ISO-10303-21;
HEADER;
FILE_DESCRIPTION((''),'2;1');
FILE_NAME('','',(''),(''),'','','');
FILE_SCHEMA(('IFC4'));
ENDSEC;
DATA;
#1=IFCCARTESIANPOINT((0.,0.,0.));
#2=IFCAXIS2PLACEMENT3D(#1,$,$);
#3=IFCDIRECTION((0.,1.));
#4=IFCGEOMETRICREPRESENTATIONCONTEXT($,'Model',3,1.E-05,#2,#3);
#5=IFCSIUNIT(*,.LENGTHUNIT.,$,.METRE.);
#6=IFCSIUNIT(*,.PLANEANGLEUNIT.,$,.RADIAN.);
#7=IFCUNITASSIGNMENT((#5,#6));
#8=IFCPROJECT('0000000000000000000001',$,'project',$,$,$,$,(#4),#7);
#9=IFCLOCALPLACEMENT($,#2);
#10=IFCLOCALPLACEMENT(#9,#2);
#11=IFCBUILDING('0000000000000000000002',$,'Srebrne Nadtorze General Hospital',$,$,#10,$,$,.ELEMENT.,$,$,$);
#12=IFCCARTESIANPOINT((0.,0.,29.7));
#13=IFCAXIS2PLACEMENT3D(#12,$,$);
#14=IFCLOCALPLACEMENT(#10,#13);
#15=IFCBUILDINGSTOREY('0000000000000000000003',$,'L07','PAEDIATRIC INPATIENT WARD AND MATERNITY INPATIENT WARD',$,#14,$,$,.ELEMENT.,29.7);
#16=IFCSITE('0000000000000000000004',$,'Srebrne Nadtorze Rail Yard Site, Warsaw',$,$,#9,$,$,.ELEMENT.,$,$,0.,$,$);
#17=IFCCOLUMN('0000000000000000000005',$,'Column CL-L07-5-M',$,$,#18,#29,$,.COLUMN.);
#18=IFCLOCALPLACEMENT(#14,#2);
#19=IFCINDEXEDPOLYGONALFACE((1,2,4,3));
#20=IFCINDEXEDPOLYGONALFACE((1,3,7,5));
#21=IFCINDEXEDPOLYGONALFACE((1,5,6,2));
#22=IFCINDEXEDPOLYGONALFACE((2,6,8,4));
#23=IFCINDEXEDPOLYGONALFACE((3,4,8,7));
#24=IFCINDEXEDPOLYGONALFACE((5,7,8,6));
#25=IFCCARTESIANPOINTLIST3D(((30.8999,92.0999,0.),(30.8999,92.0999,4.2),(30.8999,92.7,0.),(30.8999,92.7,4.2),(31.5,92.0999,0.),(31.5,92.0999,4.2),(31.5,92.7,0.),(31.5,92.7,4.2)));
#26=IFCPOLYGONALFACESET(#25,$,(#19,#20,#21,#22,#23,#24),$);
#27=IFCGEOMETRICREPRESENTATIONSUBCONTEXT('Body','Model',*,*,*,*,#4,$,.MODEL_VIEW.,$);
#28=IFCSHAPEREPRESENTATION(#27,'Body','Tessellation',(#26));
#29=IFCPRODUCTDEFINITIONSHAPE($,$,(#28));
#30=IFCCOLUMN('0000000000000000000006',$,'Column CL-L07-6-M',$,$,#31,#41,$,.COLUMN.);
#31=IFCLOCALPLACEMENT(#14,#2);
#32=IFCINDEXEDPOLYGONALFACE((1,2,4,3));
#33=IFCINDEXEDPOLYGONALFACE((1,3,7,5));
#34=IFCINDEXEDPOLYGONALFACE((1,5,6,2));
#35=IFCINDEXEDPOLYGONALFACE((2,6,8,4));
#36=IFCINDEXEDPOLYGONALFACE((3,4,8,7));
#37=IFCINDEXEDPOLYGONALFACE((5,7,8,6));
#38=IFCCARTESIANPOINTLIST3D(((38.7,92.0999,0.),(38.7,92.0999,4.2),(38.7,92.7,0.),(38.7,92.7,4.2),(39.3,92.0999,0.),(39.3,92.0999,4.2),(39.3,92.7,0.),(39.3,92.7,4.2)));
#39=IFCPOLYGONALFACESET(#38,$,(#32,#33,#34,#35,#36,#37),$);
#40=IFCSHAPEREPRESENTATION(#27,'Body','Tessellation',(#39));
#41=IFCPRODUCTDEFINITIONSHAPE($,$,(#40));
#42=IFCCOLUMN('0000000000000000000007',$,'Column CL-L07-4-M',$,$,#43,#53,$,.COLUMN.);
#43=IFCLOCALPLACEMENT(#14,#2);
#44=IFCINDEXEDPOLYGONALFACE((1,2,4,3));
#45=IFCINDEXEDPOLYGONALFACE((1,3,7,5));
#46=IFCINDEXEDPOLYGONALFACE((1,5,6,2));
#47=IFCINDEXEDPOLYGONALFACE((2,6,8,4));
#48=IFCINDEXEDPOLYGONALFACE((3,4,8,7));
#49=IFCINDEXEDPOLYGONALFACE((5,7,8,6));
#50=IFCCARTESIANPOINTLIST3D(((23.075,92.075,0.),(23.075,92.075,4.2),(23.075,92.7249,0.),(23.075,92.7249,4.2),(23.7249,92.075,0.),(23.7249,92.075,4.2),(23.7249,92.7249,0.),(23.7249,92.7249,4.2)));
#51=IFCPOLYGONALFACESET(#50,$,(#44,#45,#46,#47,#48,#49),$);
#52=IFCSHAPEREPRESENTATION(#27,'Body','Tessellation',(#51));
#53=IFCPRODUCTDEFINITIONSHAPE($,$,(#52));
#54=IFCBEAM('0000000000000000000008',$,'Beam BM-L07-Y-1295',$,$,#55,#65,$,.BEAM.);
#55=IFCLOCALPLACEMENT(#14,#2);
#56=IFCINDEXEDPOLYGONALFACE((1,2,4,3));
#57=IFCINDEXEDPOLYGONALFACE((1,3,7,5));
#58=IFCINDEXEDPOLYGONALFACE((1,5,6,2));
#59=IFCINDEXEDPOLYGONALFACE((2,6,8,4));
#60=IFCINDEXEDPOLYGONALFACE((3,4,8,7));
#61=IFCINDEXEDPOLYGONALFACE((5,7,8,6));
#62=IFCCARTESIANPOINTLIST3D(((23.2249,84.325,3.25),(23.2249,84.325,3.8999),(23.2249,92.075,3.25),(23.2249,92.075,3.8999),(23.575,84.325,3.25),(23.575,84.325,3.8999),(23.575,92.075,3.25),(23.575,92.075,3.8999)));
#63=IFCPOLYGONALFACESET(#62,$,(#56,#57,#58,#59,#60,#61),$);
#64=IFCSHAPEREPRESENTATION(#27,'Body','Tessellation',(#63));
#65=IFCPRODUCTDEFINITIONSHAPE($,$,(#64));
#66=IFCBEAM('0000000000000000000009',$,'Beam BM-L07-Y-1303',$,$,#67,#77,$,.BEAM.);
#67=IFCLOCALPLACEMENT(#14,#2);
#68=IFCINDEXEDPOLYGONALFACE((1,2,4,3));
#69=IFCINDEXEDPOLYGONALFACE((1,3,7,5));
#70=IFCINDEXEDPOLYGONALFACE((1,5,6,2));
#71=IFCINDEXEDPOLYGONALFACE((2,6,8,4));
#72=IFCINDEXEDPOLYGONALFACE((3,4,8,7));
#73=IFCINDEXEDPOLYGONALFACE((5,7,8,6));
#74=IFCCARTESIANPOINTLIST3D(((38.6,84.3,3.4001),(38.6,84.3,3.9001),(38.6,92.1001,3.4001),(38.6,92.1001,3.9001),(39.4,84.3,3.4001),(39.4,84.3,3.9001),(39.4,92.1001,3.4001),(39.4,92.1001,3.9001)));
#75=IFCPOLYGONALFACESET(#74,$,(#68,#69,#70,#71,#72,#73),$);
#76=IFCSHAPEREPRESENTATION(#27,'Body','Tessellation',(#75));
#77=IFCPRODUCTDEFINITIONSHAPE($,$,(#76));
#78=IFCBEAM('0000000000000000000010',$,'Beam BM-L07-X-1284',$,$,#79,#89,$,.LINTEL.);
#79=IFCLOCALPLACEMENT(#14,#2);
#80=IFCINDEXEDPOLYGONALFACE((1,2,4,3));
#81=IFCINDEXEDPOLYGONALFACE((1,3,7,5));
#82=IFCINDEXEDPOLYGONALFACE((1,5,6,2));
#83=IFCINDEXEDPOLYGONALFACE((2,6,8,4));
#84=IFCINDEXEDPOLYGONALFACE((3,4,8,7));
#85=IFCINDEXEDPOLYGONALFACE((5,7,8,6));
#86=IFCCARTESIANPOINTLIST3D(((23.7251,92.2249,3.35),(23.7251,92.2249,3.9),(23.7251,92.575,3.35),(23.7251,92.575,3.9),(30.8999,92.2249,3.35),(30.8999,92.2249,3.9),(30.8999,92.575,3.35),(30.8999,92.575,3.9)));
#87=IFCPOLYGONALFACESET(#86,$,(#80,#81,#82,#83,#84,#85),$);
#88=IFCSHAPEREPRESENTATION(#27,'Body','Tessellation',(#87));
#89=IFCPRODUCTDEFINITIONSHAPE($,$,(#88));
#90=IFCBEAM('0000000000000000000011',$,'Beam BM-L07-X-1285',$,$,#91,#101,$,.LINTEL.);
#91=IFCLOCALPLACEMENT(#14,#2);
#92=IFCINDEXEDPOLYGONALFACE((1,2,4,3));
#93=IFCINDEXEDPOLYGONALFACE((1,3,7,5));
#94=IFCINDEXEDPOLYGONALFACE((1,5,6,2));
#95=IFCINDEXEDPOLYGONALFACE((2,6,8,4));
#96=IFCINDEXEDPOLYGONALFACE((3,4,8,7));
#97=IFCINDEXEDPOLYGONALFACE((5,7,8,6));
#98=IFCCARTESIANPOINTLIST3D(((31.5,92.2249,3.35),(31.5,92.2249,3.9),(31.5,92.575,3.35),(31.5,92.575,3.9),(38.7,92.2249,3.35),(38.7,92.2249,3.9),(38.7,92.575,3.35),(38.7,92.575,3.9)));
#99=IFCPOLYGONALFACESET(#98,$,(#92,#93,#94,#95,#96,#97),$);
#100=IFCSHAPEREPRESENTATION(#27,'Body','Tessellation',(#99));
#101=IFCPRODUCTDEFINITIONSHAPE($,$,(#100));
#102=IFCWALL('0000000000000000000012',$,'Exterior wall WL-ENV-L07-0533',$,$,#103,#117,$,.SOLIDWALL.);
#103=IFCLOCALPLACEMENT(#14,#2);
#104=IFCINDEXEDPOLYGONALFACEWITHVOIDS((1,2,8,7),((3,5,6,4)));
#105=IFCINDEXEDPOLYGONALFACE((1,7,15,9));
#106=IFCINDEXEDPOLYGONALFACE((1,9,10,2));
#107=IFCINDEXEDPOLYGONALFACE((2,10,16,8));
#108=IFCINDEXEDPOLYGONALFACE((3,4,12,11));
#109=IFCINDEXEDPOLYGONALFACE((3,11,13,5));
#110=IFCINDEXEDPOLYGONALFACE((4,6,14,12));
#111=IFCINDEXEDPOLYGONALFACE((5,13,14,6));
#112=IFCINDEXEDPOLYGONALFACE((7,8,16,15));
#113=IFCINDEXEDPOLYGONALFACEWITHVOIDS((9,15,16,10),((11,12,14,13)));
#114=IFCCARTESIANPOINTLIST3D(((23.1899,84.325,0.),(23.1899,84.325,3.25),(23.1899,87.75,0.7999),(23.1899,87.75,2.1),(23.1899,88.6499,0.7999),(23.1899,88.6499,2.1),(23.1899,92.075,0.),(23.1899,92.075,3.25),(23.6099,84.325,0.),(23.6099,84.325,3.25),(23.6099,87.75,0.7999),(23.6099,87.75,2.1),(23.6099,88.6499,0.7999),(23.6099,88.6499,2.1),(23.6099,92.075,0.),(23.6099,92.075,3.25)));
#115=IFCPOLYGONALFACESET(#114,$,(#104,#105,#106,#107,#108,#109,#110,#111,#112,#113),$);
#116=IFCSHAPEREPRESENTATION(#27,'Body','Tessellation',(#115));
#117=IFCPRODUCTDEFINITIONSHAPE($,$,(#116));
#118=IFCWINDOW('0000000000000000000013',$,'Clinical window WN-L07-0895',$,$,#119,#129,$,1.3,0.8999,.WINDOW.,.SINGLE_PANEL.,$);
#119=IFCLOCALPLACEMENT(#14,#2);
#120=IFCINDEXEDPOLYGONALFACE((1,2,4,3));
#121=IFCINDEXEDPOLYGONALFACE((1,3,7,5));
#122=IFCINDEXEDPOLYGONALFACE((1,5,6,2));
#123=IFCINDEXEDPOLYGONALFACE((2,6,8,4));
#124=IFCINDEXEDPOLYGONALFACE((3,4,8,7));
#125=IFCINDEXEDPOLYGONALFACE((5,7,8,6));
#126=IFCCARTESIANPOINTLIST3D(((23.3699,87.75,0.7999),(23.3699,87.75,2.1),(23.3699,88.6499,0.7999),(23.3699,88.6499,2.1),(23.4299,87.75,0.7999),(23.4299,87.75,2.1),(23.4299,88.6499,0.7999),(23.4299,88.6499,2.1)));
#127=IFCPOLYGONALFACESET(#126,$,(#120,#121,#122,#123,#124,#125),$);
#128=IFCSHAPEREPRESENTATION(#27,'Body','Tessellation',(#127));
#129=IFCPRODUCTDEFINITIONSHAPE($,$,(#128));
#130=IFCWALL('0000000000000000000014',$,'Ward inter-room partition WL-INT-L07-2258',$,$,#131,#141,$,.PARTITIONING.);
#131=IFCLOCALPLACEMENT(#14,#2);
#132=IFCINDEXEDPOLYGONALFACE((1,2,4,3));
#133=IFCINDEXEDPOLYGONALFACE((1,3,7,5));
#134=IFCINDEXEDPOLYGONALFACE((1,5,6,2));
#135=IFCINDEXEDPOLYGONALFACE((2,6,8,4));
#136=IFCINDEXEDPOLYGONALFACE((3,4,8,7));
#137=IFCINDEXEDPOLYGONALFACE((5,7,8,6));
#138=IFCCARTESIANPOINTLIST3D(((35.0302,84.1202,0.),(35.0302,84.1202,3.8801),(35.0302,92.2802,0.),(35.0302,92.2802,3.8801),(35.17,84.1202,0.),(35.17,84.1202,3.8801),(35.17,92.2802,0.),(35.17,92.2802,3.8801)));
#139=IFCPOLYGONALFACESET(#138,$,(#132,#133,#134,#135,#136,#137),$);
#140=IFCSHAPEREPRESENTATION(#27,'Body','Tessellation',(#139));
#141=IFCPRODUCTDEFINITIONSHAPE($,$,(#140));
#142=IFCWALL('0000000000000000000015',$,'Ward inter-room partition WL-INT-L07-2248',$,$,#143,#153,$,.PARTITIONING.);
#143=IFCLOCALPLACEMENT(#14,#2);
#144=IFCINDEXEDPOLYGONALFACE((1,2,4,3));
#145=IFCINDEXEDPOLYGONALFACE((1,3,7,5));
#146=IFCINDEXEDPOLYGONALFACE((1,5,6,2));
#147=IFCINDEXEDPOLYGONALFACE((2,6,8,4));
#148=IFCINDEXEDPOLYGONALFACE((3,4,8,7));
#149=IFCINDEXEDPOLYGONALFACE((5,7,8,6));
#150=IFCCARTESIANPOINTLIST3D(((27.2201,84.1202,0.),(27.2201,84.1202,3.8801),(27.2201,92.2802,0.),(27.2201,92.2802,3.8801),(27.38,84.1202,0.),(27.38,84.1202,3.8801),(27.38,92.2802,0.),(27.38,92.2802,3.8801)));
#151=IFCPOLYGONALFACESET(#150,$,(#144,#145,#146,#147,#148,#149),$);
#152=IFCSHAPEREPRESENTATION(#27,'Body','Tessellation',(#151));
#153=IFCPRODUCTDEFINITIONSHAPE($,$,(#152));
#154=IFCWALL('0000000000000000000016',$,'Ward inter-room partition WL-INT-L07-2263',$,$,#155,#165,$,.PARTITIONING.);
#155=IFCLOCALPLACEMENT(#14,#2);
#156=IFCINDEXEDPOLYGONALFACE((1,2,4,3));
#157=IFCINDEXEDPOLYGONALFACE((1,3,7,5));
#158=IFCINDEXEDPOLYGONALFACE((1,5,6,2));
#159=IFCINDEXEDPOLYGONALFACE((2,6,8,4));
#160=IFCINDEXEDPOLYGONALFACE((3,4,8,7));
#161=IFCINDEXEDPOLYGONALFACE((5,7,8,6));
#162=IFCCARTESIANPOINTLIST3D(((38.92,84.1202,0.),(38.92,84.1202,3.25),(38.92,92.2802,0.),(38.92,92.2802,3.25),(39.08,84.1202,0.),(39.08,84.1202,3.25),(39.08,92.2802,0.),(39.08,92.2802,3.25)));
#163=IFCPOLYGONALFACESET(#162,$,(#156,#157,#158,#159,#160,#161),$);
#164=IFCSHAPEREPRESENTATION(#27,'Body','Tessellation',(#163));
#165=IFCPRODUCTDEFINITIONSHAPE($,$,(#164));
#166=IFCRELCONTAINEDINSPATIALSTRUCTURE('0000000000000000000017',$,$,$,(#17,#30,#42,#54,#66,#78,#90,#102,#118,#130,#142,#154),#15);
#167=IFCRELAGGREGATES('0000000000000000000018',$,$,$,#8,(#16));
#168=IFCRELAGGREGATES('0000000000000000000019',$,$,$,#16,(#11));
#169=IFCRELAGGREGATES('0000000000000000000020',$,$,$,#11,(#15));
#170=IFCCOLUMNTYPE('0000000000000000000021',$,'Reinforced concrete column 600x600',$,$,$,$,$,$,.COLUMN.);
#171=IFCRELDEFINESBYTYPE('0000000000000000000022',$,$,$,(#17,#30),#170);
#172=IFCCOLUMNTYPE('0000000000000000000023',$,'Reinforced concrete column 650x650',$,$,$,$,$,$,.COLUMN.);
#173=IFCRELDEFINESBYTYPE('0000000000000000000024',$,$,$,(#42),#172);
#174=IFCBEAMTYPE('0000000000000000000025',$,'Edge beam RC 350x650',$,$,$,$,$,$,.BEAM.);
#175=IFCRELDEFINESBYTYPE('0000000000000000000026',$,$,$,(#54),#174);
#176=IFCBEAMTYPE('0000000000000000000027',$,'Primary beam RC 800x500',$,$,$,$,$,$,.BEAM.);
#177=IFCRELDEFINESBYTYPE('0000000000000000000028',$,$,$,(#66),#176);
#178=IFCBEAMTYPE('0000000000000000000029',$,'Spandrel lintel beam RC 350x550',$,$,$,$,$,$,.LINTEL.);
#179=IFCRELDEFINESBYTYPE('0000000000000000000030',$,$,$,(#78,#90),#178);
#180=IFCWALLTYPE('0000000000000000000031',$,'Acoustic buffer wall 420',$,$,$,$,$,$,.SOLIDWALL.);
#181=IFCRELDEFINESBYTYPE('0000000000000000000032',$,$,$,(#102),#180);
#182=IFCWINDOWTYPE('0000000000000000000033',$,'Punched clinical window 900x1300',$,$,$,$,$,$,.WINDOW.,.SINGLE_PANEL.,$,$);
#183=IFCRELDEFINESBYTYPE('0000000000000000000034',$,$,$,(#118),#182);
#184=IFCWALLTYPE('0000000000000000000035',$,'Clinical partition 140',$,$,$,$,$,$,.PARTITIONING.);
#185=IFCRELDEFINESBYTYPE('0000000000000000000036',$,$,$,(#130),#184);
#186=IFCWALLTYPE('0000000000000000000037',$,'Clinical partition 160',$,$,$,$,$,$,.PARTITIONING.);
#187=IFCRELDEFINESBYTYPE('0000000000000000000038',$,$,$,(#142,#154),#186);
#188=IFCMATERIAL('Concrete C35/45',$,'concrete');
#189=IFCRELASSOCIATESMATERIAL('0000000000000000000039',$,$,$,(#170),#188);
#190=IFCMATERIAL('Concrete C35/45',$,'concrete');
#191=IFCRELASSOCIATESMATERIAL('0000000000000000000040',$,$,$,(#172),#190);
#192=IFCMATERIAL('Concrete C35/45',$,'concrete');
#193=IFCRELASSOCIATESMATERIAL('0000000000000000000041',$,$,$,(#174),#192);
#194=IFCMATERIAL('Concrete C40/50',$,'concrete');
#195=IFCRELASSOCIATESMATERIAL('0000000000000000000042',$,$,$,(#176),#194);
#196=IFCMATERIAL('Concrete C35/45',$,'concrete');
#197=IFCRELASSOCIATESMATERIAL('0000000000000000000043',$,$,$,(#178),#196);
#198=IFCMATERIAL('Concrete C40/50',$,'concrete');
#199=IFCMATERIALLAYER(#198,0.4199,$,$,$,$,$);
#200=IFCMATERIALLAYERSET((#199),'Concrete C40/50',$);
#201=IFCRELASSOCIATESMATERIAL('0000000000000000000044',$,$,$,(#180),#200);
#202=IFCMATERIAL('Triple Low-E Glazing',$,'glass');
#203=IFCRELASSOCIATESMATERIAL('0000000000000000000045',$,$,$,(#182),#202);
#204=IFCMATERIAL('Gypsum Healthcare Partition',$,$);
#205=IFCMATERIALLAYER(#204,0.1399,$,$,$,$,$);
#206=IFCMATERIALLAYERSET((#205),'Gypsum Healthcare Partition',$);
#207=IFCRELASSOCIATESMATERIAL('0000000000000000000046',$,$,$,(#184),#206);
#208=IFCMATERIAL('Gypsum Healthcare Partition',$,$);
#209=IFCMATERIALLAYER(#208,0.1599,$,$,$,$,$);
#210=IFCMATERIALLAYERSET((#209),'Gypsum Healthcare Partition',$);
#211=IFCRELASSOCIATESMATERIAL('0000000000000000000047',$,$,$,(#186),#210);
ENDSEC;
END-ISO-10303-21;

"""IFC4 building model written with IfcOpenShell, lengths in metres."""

from ifc_helpers import new_model, si_unit, direction, frame, frame_2d, origin, origin_2d, place, context, subcontext, project, spatial, rectangle, extrude, material, layer, layer_set, material_profile, profile_set, type_object, element, fill, save


model = new_model("IFC4")

# Units and contexts
model_context = context("Model", 3, precision=1e-05, world=origin(), true_north=direction((0.0, 1.0)))
body_context = subcontext(model_context, "Body", "Model", "MODEL_VIEW")
ifc_project = project(units=[si_unit("LENGTHUNIT", "METRE"), si_unit("PLANEANGLEUNIT", "RADIAN")], contexts=[model_context])

# Site, building, storey
site_placement = place(None, origin())
site = spatial("IfcSite", under=ifc_project, at=site_placement, Name="Srebrne Nadtorze Rail Yard Site, Warsaw", CompositionType="ELEMENT", RefElevation=0.0)
building_placement = place(site_placement, origin())
building = spatial("IfcBuilding", under=site, at=building_placement, Name="Srebrne Nadtorze General Hospital", CompositionType="ELEMENT")
storey_placement = place(building_placement, frame((0.0, 0.0, 29.7)))
storey = spatial("IfcBuildingStorey", under=building, at=storey_placement, Name="L07", Description="PAEDIATRIC INPATIENT WARD AND MATERNITY INPATIENT WARD", CompositionType="ELEMENT", Elevation=29.7)

# Columns
ifc_material_1 = material(Name="Concrete C35/45", Category="concrete")
ifc_material_profile_1 = material_profile(ifc_material_1, rectangle(XDim=0.6001, YDim=0.6001, at=origin_2d()), Name="RC-COL-600x600")
ifc_profile_set_1 = profile_set([ifc_material_profile_1], Name="Concrete C35/45")
column_type_1 = type_object("IfcColumnType", Name="Reinforced concrete column 600x600", PredefinedType="COLUMN", material=ifc_profile_set_1)
for number, where, z_axis, x_axis, name in (
    (1, (31.2, 92.3999, 0.0), (0.0, 0.0, 1.0), (1.0, 0.0, 0.0), "Column CL-L07-5-M"),
    (2, (39.0, 92.3999, 0.0), (0.0, 0.0, 1.0), (1.0, 0.0, 0.0), "Column CL-L07-6-M"),
):
    element("IfcColumn", number, at=place(storey_placement, frame(where, z_axis=z_axis, x_axis=x_axis)), inside=storey, type_object=column_type_1, Name=name, PredefinedType="COLUMN", context=body_context, shape_type="SweptSolid", body=[
        extrude(rectangle(XDim=0.6001, YDim=0.6001, at=origin_2d()), origin(), (0.0, 0.0, 1.0), 4.2),
    ])
ifc_material_2 = material(Name="Concrete C35/45", Category="concrete")
ifc_material_profile_2 = material_profile(ifc_material_2, rectangle(XDim=0.6499, YDim=0.6499, at=origin_2d()), Name="RC-COL-650x650")
ifc_profile_set_2 = profile_set([ifc_material_profile_2], Name="Concrete C35/45")
column_type_2 = type_object("IfcColumnType", Name="Reinforced concrete column 650x650", PredefinedType="COLUMN", material=ifc_profile_set_2)
column_placement = place(storey_placement, frame((23.3999, 92.3999, 0.0), z_axis=(0.0, 0.0, 1.0), x_axis=(1.0, 0.0, 0.0)))
element("IfcColumn", 3, at=column_placement, inside=storey, type_object=column_type_2, Name="Column CL-L07-4-M", PredefinedType="COLUMN", context=body_context, shape_type="SweptSolid", body=[
    extrude(rectangle(XDim=0.6499, YDim=0.6499, at=origin_2d()), origin(), (0.0, 0.0, 1.0), 4.2),
])

# Beams
ifc_material_3 = material(Name="Concrete C35/45", Category="concrete")
ifc_material_profile_3 = material_profile(ifc_material_3, rectangle(XDim=0.3501, YDim=0.6499, at=origin_2d()), Name="RC-BM-350x650")
ifc_profile_set_3 = profile_set([ifc_material_profile_3], Name="Concrete C35/45")
beam_type_1 = type_object("IfcBeamType", Name="Edge beam RC 350x650", PredefinedType="BEAM", material=ifc_profile_set_3)
beam_1_placement = place(storey_placement, frame((23.3999, 84.325, 3.575), z_axis=(0.0, 1.0, 0.0), x_axis=(-1.0, 0.0, 0.0)))
element("IfcBeam", 4, at=beam_1_placement, inside=storey, type_object=beam_type_1, Name="Beam BM-L07-Y-1295", PredefinedType="BEAM", context=body_context, shape_type="SweptSolid", body=[
    extrude(rectangle(XDim=0.3501, YDim=0.6499, at=origin_2d()), origin(), (0.0, 0.0, 1.0), 7.75),
])
ifc_material_4 = material(Name="Concrete C40/50", Category="concrete")
ifc_material_profile_4 = material_profile(ifc_material_4, rectangle(XDim=0.8, YDim=0.5, at=origin_2d()), Name="RC-BM-800x500")
ifc_profile_set_4 = profile_set([ifc_material_profile_4], Name="Concrete C40/50")
beam_type_2 = type_object("IfcBeamType", Name="Primary beam RC 800x500", PredefinedType="BEAM", material=ifc_profile_set_4)
beam_2_placement = place(storey_placement, frame((39.0, 84.3, 3.6501), z_axis=(0.0, 1.0, 0.0), x_axis=(-1.0, 0.0, 0.0)))
element("IfcBeam", 5, at=beam_2_placement, inside=storey, type_object=beam_type_2, Name="Beam BM-L07-Y-1303", PredefinedType="BEAM", context=body_context, shape_type="SweptSolid", body=[
    extrude(rectangle(XDim=0.8, YDim=0.5, at=origin_2d()), origin(), (0.0, 0.0, 1.0), 7.8),
])
ifc_material_5 = material(Name="Concrete C35/45", Category="concrete")
ifc_material_profile_5 = material_profile(ifc_material_5, rectangle(XDim=0.3501, YDim=0.55, at=origin_2d()), Name="RC-BM-350x550")
ifc_profile_set_5 = profile_set([ifc_material_profile_5], Name="Concrete C35/45")
beam_type_3 = type_object("IfcBeamType", Name="Spandrel lintel beam RC 350x550", PredefinedType="LINTEL", material=ifc_profile_set_5)
beam_3_placement = place(storey_placement, frame((23.7251, 92.3999, 3.625), z_axis=(1.0, 0.0, 0.0), x_axis=(0.0, 1.0, 0.0)))
element("IfcBeam", 6, at=beam_3_placement, inside=storey, type_object=beam_type_3, Name="Beam BM-L07-X-1284", PredefinedType="LINTEL", context=body_context, shape_type="SweptSolid", body=[
    extrude(rectangle(XDim=0.3501, YDim=0.55, at=origin_2d()), origin(), (0.0, 0.0, 1.0), 7.1748),
])
beam_4_placement = place(storey_placement, frame((31.5, 92.3999, 3.625), z_axis=(1.0, 0.0, 0.0), x_axis=(0.0, 1.0, 0.0)))
element("IfcBeam", 7, at=beam_4_placement, inside=storey, type_object=beam_type_3, Name="Beam BM-L07-X-1285", PredefinedType="LINTEL", context=body_context, shape_type="SweptSolid", body=[
    extrude(rectangle(XDim=0.3501, YDim=0.55, at=origin_2d()), origin(), (0.0, 0.0, 1.0), 7.2),
])

# Wall, opening, window
ifc_material_6 = material(Name="Concrete C40/50", Category="concrete")
ifc_layer_1 = layer(ifc_material_6, 0.4199)
ifc_layer_set_1 = layer_set([ifc_layer_1], Name="Concrete C40/50")
wall_type_1 = type_object("IfcWallType", Name="Acoustic buffer wall 420", PredefinedType="SOLIDWALL", material=ifc_layer_set_1)
wall_1_placement = place(storey_placement, frame((23.3999, 84.325, 0.0), z_axis=(0.0, 0.0, 1.0), x_axis=(0.0, 1.0, 0.0)))
wall_1 = element("IfcWall", 8, at=wall_1_placement, inside=storey, type_object=wall_type_1, Name="Exterior wall WL-ENV-L07-0533", PredefinedType="SOLIDWALL", context=body_context, shape_type="SweptSolid", body=[
    extrude(rectangle(XDim=7.75, YDim=0.4199, at=frame_2d((3.875, 0.0))), origin(), (0.0, 0.0, 1.0), 3.25),
])
opening_1_placement = place(wall_1_placement, frame((3.425, 0.0, 0.8)))
opening_1 = element("IfcOpeningElement", 9, at=opening_1_placement, cuts=wall_1, PredefinedType="OPENING", context=body_context, shape_type="SweptSolid", body=[
    extrude(rectangle(XDim=0.8999, YDim=1.3, at=frame_2d((0.45, 0.6499))), frame((0.0, 0.2219, 0.0), z_axis=(0.0, -1.0, 0.0), x_axis=(1.0, 0.0, 0.0)), (0.0, 0.0, 1.0), 0.4438),
])
ifc_material_7 = material(Name="Triple Low-E Glazing", Category="glass")
window_type_1 = type_object("IfcWindowType", Name="Punched clinical window 900x1300", PartitioningType="SINGLE_PANEL", PredefinedType="WINDOW", material=ifc_material_7)
window_1_placement = place(opening_1_placement, origin())
window_1 = element("IfcWindow", 10, at=window_1_placement, inside=storey, type_object=window_type_1, Name="Clinical window WN-L07-0895", OverallHeight=1.3, OverallWidth=0.8999, PartitioningType="SINGLE_PANEL", PredefinedType="WINDOW", context=body_context, shape_type="SweptSolid", body=[
    extrude(rectangle(XDim=0.8999, YDim=1.3, at=frame_2d((0.45, 0.6499))), frame((0.0, 0.03, 0.0), z_axis=(0.0, -1.0, 0.0), x_axis=(1.0, 0.0, 0.0)), (0.0, 0.0, 1.0), 0.0601),
])
fill(opening_1, window_1)

# Walls
ifc_material_8 = material(Name="Gypsum Healthcare Partition")
ifc_layer_2 = layer(ifc_material_8, 0.1399)
ifc_layer_set_2 = layer_set([ifc_layer_2], Name="Gypsum Healthcare Partition")
wall_type_2 = type_object("IfcWallType", Name="Clinical partition 140", PredefinedType="PARTITIONING", material=ifc_layer_set_2)
wall_2_placement = place(storey_placement, frame((35.1001, 84.1201, 0.0), z_axis=(0.0, 0.0, 1.0), x_axis=(0.0, 1.0, 0.0)))
element("IfcWall", 11, at=wall_2_placement, inside=storey, type_object=wall_type_2, Name="Ward inter-room partition WL-INT-L07-2258", PredefinedType="PARTITIONING", context=body_context, shape_type="SweptSolid", body=[
    extrude(rectangle(XDim=8.1599, YDim=0.1399, at=frame_2d((4.0801, 0.0))), origin(), (0.0, 0.0, 1.0), 3.8801),
])
ifc_material_9 = material(Name="Gypsum Healthcare Partition")
ifc_layer_3 = layer(ifc_material_9, 0.1599)
ifc_layer_set_3 = layer_set([ifc_layer_3], Name="Gypsum Healthcare Partition")
wall_type_3 = type_object("IfcWallType", Name="Clinical partition 160", PredefinedType="PARTITIONING", material=ifc_layer_set_3)
wall_3_placement = place(storey_placement, frame((27.3, 84.1201, 0.0), z_axis=(0.0, 0.0, 1.0), x_axis=(0.0, 1.0, 0.0)))
element("IfcWall", 12, at=wall_3_placement, inside=storey, type_object=wall_type_3, Name="Ward inter-room partition WL-INT-L07-2248", PredefinedType="PARTITIONING", context=body_context, shape_type="SweptSolid", body=[
    extrude(rectangle(XDim=8.1599, YDim=0.1599, at=frame_2d((4.0801, 0.0))), origin(), (0.0, 0.0, 1.0), 3.8801),
])
wall_4_placement = place(storey_placement, frame((39.0, 84.1201, 0.0), z_axis=(0.0, 0.0, 1.0), x_axis=(0.0, 1.0, 0.0)))
element("IfcWall", 13, at=wall_4_placement, inside=storey, type_object=wall_type_3, Name="Ward inter-room partition WL-INT-L07-2263", PredefinedType="PARTITIONING", context=body_context, shape_type="SweptSolid", body=[
    extrude(rectangle(XDim=8.1599, YDim=0.1599, at=frame_2d((4.0801, 0.0))), origin(), (0.0, 0.0, 1.0), 3.25),
])

save(model, "model.ifc")
